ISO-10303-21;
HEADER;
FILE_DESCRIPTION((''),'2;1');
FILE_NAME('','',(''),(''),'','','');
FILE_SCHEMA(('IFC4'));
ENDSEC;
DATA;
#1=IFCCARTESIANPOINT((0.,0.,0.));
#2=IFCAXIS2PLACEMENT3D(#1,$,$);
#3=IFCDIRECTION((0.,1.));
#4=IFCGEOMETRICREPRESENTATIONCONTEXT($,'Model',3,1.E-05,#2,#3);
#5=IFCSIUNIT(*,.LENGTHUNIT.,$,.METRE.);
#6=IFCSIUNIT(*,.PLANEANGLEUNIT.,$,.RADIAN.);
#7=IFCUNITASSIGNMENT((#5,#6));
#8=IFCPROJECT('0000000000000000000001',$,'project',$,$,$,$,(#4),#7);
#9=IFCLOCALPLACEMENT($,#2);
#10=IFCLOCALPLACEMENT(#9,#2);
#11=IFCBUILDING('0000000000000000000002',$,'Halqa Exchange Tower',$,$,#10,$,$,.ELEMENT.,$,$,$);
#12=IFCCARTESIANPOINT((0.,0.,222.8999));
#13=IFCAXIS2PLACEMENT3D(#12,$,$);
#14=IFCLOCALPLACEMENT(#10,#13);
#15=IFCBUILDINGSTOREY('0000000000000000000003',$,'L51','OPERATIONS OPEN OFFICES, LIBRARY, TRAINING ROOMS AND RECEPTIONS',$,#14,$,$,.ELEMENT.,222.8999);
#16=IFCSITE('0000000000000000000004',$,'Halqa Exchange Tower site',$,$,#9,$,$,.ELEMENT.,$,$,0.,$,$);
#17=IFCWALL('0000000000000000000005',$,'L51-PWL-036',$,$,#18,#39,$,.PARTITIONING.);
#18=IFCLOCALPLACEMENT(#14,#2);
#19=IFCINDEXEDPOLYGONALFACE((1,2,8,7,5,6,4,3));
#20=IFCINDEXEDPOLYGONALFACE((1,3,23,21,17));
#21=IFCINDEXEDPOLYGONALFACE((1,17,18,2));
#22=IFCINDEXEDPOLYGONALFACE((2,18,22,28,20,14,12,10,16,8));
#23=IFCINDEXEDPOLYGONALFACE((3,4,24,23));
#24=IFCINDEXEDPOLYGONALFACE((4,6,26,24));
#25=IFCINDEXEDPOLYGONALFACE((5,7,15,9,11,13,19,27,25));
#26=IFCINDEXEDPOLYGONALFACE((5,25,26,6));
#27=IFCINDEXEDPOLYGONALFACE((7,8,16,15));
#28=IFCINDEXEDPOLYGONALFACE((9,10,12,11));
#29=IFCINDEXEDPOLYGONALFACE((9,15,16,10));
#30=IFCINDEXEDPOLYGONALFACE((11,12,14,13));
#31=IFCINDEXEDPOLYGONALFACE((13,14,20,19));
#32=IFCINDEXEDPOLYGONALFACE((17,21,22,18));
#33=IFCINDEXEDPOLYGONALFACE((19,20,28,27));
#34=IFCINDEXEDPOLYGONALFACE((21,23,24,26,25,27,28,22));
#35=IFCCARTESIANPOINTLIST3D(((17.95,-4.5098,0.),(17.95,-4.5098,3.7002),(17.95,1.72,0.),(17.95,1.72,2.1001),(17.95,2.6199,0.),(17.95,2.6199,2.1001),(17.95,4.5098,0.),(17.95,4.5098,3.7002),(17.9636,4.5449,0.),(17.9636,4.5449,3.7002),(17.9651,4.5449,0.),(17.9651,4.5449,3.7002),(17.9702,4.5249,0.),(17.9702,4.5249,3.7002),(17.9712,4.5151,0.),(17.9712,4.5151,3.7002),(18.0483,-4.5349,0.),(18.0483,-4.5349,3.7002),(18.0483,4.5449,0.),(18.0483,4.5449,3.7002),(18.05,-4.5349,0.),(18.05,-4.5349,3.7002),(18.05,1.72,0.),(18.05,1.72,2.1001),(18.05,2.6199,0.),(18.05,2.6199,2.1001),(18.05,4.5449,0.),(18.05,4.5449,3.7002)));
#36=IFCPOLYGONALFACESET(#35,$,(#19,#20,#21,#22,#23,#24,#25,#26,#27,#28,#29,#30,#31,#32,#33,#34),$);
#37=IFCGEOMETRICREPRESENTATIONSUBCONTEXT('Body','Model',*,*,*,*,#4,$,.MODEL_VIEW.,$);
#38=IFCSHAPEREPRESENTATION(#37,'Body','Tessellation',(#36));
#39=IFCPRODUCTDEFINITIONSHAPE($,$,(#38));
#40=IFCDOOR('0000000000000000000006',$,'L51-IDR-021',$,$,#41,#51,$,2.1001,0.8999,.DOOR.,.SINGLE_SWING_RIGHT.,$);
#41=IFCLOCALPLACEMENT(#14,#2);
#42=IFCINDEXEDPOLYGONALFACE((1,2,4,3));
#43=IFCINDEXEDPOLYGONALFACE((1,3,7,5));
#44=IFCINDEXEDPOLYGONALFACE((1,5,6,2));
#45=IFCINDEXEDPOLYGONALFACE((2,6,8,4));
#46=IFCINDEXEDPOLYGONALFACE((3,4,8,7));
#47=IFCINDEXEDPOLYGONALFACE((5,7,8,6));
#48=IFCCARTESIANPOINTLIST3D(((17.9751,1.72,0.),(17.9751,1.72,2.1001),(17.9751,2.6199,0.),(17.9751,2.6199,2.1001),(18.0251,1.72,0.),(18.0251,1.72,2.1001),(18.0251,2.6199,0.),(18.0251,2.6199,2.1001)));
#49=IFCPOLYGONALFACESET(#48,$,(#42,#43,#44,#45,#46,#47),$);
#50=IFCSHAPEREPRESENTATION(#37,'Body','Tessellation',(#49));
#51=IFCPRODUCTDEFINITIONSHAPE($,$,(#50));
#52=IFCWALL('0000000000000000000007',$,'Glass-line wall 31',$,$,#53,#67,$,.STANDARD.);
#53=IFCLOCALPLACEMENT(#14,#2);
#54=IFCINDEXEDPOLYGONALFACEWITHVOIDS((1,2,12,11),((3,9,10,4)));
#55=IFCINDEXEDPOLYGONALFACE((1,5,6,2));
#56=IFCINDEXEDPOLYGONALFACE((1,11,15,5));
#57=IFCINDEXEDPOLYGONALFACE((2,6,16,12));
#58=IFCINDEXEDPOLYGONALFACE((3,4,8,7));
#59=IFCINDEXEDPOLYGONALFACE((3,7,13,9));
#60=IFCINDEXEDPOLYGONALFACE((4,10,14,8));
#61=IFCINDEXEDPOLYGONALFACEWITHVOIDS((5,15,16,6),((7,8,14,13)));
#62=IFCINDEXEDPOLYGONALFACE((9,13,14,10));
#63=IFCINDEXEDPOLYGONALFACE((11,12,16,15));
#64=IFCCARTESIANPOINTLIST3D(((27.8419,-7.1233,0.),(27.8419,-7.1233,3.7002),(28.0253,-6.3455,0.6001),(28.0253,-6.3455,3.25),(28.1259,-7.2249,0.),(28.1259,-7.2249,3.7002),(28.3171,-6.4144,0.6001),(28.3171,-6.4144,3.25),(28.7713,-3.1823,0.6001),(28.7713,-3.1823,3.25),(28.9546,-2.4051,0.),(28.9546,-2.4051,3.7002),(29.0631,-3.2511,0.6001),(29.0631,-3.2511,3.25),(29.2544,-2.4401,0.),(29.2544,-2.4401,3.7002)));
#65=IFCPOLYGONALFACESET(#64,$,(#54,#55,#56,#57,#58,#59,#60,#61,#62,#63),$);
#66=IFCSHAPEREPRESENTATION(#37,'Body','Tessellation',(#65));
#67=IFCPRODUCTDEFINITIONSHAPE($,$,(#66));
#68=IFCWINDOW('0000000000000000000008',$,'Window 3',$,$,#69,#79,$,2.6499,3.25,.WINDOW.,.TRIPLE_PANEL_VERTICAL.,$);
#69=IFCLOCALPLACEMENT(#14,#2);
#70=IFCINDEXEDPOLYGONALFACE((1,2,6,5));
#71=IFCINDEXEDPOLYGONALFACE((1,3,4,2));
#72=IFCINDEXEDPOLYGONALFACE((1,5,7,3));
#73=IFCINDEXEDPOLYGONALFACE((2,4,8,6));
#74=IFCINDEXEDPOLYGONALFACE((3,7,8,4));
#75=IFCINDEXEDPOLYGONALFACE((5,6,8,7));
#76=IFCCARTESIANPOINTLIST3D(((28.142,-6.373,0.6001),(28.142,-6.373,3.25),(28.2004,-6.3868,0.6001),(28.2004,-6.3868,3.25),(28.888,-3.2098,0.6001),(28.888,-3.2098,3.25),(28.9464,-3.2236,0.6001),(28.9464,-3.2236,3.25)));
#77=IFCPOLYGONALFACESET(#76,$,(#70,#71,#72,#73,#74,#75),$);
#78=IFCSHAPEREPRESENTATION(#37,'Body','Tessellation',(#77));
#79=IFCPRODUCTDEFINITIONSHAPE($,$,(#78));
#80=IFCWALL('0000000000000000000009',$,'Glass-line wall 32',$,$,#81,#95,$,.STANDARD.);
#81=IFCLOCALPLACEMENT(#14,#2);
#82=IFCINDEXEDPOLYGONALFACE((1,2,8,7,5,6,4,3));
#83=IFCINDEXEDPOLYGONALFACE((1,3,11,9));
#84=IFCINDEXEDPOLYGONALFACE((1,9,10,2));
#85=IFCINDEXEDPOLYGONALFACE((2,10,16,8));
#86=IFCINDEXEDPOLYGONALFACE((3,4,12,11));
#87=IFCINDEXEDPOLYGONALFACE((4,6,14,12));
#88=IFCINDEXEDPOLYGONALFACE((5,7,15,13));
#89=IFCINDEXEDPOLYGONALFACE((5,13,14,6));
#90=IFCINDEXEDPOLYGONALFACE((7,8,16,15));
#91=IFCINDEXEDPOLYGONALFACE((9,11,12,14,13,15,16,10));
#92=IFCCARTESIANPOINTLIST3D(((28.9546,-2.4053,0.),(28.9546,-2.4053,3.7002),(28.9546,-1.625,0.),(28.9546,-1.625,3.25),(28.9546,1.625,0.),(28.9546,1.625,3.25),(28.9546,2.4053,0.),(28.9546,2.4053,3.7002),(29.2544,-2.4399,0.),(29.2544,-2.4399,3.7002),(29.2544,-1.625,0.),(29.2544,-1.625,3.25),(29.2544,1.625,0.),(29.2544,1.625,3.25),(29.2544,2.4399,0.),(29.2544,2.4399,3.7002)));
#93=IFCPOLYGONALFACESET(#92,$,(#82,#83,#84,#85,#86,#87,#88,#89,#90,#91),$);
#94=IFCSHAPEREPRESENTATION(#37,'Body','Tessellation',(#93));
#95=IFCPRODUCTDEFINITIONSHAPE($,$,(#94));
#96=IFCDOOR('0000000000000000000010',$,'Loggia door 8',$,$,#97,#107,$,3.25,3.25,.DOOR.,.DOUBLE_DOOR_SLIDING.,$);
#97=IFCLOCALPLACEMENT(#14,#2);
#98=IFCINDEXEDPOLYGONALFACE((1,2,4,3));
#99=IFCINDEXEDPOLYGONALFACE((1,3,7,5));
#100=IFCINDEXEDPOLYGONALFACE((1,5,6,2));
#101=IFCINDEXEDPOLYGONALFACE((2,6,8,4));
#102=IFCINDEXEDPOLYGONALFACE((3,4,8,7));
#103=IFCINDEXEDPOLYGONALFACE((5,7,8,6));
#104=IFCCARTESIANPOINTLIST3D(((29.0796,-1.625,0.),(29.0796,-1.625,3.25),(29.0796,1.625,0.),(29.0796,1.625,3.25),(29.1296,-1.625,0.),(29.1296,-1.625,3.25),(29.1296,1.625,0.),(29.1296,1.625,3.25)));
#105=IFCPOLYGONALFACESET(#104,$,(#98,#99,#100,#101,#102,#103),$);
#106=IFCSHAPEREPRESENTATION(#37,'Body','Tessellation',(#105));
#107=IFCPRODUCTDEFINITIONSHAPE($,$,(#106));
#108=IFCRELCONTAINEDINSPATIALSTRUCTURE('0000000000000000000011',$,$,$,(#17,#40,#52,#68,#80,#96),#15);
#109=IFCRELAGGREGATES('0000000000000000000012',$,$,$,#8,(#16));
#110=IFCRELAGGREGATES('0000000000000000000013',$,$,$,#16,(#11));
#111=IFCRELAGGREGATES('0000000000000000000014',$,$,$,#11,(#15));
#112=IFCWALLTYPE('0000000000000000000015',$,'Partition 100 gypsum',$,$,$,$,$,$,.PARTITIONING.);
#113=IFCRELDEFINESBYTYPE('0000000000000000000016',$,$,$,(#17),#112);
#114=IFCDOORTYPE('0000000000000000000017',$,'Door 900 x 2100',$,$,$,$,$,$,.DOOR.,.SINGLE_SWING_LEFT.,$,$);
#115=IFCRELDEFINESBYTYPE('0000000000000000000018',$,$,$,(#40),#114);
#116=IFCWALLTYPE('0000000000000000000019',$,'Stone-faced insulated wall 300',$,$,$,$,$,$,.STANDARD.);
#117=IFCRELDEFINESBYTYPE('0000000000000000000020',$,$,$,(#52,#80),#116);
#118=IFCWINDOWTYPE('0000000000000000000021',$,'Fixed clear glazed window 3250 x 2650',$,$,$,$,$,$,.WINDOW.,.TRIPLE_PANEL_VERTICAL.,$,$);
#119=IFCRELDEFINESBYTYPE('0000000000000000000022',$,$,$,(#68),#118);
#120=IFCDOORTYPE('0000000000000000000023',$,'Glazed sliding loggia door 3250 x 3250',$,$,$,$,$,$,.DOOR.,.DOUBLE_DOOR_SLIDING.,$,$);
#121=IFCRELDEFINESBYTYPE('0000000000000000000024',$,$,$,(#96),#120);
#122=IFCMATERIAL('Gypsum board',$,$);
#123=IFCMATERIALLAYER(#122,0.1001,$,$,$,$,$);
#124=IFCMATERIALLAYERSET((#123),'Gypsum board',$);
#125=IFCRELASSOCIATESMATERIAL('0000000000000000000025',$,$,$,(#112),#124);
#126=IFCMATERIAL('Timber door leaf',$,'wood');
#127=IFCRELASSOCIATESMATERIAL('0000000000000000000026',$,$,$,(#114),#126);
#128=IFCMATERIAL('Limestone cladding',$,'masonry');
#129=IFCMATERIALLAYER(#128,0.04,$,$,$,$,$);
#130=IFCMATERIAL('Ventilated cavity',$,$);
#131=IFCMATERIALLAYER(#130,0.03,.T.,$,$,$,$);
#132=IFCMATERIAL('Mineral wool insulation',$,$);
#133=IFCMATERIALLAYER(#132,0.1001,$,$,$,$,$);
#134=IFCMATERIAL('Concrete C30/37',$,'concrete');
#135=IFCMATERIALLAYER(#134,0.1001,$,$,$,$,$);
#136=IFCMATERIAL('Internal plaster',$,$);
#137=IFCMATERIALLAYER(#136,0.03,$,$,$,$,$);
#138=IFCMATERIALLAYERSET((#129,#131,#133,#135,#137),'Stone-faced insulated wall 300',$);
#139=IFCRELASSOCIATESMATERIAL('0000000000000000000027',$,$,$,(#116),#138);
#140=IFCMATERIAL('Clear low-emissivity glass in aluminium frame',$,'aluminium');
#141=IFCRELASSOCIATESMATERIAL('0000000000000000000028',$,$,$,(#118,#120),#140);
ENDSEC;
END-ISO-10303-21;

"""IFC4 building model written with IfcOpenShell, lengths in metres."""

from ifc_helpers import new_model, si_unit, direction, frame, frame_2d, origin, place, context, subcontext, project, spatial, polyline, rectangle, outline, extrude, material, layer, layer_set, type_object, element, fill, save


model = new_model("IFC4")

# Units and contexts
model_context = context("Model", 3, precision=1e-05, world=origin(), true_north=direction((0.0, 1.0)))
body_context = subcontext(model_context, "Body", "Model", "MODEL_VIEW")
ifc_project = project(units=[si_unit("LENGTHUNIT", "METRE"), si_unit("PLANEANGLEUNIT", "RADIAN")], contexts=[model_context])

# Site, building, storey
site_placement = place(None, origin())
site = spatial("IfcSite", under=ifc_project, at=site_placement, Name="Halqa Exchange Tower site", CompositionType="ELEMENT", RefElevation=0.0)
building_placement = place(site_placement, origin())
building = spatial("IfcBuilding", under=site, at=building_placement, Name="Halqa Exchange Tower", CompositionType="ELEMENT")
storey_placement = place(building_placement, frame((0.0, 0.0, 222.8999)))
storey = spatial("IfcBuildingStorey", under=building, at=storey_placement, Name="L51", Description="OPERATIONS OPEN OFFICES, LIBRARY, TRAINING ROOMS AND RECEPTIONS", CompositionType="ELEMENT", Elevation=222.8999)

# Shared definitions
ifc_material_1 = material(Name="Gypsum board")
ifc_layer_1 = layer(ifc_material_1, 0.1001)
ifc_layer_set_1 = layer_set([ifc_layer_1], Name="Gypsum board")
wall_type_1 = type_object("IfcWallType", Name="Partition 100 gypsum", PredefinedType="PARTITIONING", material=ifc_layer_set_1)

# Wall, opening, door
ifc_material_2 = material(Name="Timber door leaf", Category="wood")
door_type_1 = type_object("IfcDoorType", Name="Door 900 x 2100", OperationType="SINGLE_SWING_LEFT", PredefinedType="DOOR", material=ifc_material_2)
wall_1_placement = place(storey_placement, frame((18.0, -4.5349, 0.0), z_axis=(0.0, 0.0, 1.0), x_axis=(0.0, 1.0, 0.0)))
wall_1 = element("IfcWall", 1, at=wall_1_placement, inside=storey, type_object=wall_type_1, Name="L51-PWL-036", PredefinedType="PARTITIONING", context=body_context, shape_type="SweptSolid", body=[
    extrude(outline(polyline([(9.0798, -0.05), (9.0798, -0.0483), (9.0598, 0.0298), (9.0798, 0.0349), (9.0798, 0.0364), (9.05, 0.0288), (9.0447, 0.05), (7.4714, 0.05), (5.8982, 0.05), (4.325, 0.05), (4.325, 0.05), (4.2249, 0.05), (4.2249, 0.05), (2.825, 0.05), (1.425, 0.05), (0.0251, 0.05), (0.0, -0.0483), (0.0, -0.05), (1.8159, -0.05), (3.6318, -0.05), (5.448, -0.05), (7.2639, -0.05), (9.0798, -0.05)])), origin(), (0.0, 0.0, 1.0), 3.7002),
])
opening_1_placement = place(wall_1_placement, frame((6.2549, 0.0, 0.0)))
opening_1 = element("IfcOpeningElement", 2, at=opening_1_placement, cuts=wall_1, PredefinedType="OPENING", context=body_context, shape_type="SweptSolid", body=[
    extrude(rectangle(XDim=0.8999, YDim=2.1001, at=frame_2d((0.45, 1.05))), frame((0.0, 0.062, 0.0), z_axis=(0.0, -1.0, 0.0), x_axis=(1.0, 0.0, 0.0)), (0.0, 0.0, 1.0), 0.124),
])
door_1_placement = place(opening_1_placement, origin())
door_1 = element("IfcDoor", 3, at=door_1_placement, inside=storey, type_object=door_type_1, Name="L51-IDR-021", OperationType="SINGLE_SWING_RIGHT", OverallHeight=2.1001, OverallWidth=0.8999, PredefinedType="DOOR", context=body_context, shape_type="SweptSolid", body=[
    extrude(rectangle(XDim=0.8999, YDim=2.1001, at=frame_2d((0.45, 1.05))), frame((0.0, 0.0249, 0.0), z_axis=(0.0, -1.0, 0.0), x_axis=(1.0, 0.0, 0.0)), (0.0, 0.0, 1.0), 0.05),
])
fill(opening_1, door_1)

# Wall, opening, window
ifc_material_3 = material(Name="Limestone cladding", Category="masonry")
ifc_layer_2 = layer(ifc_material_3, 0.04)
ifc_material_4 = material(Name="Ventilated cavity")
ifc_layer_3 = layer(ifc_material_4, 0.03, ventilated=True)
ifc_material_5 = material(Name="Mineral wool insulation")
ifc_layer_4 = layer(ifc_material_5, 0.1001)
ifc_material_6 = material(Name="Concrete C30/37", Category="concrete")
ifc_layer_5 = layer(ifc_material_6, 0.1001)
ifc_material_7 = material(Name="Internal plaster")
ifc_layer_6 = layer(ifc_material_7, 0.03)
ifc_layer_set_2 = layer_set([ifc_layer_2, ifc_layer_3, ifc_layer_4, ifc_layer_5, ifc_layer_6], Name="Stone-faced insulated wall 300")
wall_type_2 = type_object("IfcWallType", Name="Stone-faced insulated wall 300", PredefinedType="STANDARD", material=ifc_layer_set_2)
wall_2_placement = place(storey_placement, frame((27.9839, -7.1741, 0.0), z_axis=(0.0, 0.0, 1.0), x_axis=(0.229547, 0.973298, 0.0)))
wall_2 = element("IfcWall", 4, at=wall_2_placement, inside=storey, type_object=wall_type_2, Name="Glass-line wall 31", PredefinedType="STANDARD", context=body_context, shape_type="SweptSolid", body=[
    extrude(outline(polyline([(-0.0168, -0.1499), (4.8992, -0.1499), (4.8645, 0.1499), (0.0168, 0.1499), (-0.0168, -0.1499)])), origin(), (0.0, 0.0, 1.0), 3.7002),
])
opening_2_placement = place(wall_2_placement, frame((0.8159, 0.0, 0.6001)))
opening_2 = element("IfcOpeningElement", 5, at=opening_2_placement, cuts=wall_2, PredefinedType="OPENING", context=body_context, shape_type="SweptSolid", body=[
    extrude(rectangle(XDim=3.25, YDim=2.6499, at=frame_2d((1.625, 1.325))), frame((0.0, 0.1621, 0.0), z_axis=(0.0, -1.0, 0.0), x_axis=(1.0, 0.0, 0.0)), (0.0, 0.0, 1.0), 0.324),
])
ifc_material_8 = material(Name="Clear low-emissivity glass in aluminium frame", Category="aluminium")
window_type = type_object("IfcWindowType", Name="Fixed clear glazed window 3250 x 2650", PartitioningType="TRIPLE_PANEL_VERTICAL", PredefinedType="WINDOW", material=ifc_material_8)
window_placement = place(opening_2_placement, origin())
window = element("IfcWindow", 6, at=window_placement, inside=storey, type_object=window_type, Name="Window 3", OverallHeight=2.6499, OverallWidth=3.25, PartitioningType="TRIPLE_PANEL_VERTICAL", PredefinedType="WINDOW", context=body_context, shape_type="SweptSolid", body=[
    extrude(rectangle(XDim=3.25, YDim=2.6499, at=frame_2d((1.625, 1.325))), frame((0.0, 0.03, 0.0), z_axis=(0.0, -1.0, 0.0), x_axis=(1.0, 0.0, 0.0)), (0.0, 0.0, 1.0), 0.0601),
])
fill(opening_2, window)

# Wall, opening, door
wall_3_placement = place(storey_placement, frame((29.1045, -2.4226, 0.0), z_axis=(0.0, 0.0, 1.0), x_axis=(0.0, 1.0, 0.0)))
wall_3 = element("IfcWall", 7, at=wall_3_placement, inside=storey, type_object=wall_type_2, Name="Glass-line wall 32", PredefinedType="STANDARD", context=body_context, shape_type="SweptSolid", body=[
    extrude(outline(polyline([(-0.0173, -0.1499), (4.8625, -0.1499), (4.8279, 0.1499), (0.0173, 0.1499), (-0.0173, -0.1499)])), origin(), (0.0, 0.0, 1.0), 3.7002),
])
opening_3_placement = place(wall_3_placement, frame((0.7976, 0.0, 0.0)))
opening_3 = element("IfcOpeningElement", 8, at=opening_3_placement, cuts=wall_3, PredefinedType="OPENING", context=body_context, shape_type="SweptSolid", body=[
    extrude(rectangle(XDim=3.25, YDim=3.25, at=frame_2d((1.625, 1.625))), frame((0.0, 0.1621, 0.0), z_axis=(0.0, -1.0, 0.0), x_axis=(1.0, 0.0, 0.0)), (0.0, 0.0, 1.0), 0.324),
])
door_type_2 = type_object("IfcDoorType", Name="Glazed sliding loggia door 3250 x 3250", OperationType="DOUBLE_DOOR_SLIDING", PredefinedType="DOOR", material=ifc_material_8)
door_2_placement = place(opening_3_placement, origin())
door_2 = element("IfcDoor", 9, at=door_2_placement, inside=storey, type_object=door_type_2, Name="Loggia door 8", OperationType="DOUBLE_DOOR_SLIDING", OverallHeight=3.25, OverallWidth=3.25, PredefinedType="DOOR", context=body_context, shape_type="SweptSolid", body=[
    extrude(rectangle(XDim=3.25, YDim=3.25, at=frame_2d((1.625, 1.625))), frame((0.0, 0.0249, 0.0), z_axis=(0.0, -1.0, 0.0), x_axis=(1.0, 0.0, 0.0)), (0.0, 0.0, 1.0), 0.05),
])
fill(opening_3, door_2)

save(model, "model.ifc")
